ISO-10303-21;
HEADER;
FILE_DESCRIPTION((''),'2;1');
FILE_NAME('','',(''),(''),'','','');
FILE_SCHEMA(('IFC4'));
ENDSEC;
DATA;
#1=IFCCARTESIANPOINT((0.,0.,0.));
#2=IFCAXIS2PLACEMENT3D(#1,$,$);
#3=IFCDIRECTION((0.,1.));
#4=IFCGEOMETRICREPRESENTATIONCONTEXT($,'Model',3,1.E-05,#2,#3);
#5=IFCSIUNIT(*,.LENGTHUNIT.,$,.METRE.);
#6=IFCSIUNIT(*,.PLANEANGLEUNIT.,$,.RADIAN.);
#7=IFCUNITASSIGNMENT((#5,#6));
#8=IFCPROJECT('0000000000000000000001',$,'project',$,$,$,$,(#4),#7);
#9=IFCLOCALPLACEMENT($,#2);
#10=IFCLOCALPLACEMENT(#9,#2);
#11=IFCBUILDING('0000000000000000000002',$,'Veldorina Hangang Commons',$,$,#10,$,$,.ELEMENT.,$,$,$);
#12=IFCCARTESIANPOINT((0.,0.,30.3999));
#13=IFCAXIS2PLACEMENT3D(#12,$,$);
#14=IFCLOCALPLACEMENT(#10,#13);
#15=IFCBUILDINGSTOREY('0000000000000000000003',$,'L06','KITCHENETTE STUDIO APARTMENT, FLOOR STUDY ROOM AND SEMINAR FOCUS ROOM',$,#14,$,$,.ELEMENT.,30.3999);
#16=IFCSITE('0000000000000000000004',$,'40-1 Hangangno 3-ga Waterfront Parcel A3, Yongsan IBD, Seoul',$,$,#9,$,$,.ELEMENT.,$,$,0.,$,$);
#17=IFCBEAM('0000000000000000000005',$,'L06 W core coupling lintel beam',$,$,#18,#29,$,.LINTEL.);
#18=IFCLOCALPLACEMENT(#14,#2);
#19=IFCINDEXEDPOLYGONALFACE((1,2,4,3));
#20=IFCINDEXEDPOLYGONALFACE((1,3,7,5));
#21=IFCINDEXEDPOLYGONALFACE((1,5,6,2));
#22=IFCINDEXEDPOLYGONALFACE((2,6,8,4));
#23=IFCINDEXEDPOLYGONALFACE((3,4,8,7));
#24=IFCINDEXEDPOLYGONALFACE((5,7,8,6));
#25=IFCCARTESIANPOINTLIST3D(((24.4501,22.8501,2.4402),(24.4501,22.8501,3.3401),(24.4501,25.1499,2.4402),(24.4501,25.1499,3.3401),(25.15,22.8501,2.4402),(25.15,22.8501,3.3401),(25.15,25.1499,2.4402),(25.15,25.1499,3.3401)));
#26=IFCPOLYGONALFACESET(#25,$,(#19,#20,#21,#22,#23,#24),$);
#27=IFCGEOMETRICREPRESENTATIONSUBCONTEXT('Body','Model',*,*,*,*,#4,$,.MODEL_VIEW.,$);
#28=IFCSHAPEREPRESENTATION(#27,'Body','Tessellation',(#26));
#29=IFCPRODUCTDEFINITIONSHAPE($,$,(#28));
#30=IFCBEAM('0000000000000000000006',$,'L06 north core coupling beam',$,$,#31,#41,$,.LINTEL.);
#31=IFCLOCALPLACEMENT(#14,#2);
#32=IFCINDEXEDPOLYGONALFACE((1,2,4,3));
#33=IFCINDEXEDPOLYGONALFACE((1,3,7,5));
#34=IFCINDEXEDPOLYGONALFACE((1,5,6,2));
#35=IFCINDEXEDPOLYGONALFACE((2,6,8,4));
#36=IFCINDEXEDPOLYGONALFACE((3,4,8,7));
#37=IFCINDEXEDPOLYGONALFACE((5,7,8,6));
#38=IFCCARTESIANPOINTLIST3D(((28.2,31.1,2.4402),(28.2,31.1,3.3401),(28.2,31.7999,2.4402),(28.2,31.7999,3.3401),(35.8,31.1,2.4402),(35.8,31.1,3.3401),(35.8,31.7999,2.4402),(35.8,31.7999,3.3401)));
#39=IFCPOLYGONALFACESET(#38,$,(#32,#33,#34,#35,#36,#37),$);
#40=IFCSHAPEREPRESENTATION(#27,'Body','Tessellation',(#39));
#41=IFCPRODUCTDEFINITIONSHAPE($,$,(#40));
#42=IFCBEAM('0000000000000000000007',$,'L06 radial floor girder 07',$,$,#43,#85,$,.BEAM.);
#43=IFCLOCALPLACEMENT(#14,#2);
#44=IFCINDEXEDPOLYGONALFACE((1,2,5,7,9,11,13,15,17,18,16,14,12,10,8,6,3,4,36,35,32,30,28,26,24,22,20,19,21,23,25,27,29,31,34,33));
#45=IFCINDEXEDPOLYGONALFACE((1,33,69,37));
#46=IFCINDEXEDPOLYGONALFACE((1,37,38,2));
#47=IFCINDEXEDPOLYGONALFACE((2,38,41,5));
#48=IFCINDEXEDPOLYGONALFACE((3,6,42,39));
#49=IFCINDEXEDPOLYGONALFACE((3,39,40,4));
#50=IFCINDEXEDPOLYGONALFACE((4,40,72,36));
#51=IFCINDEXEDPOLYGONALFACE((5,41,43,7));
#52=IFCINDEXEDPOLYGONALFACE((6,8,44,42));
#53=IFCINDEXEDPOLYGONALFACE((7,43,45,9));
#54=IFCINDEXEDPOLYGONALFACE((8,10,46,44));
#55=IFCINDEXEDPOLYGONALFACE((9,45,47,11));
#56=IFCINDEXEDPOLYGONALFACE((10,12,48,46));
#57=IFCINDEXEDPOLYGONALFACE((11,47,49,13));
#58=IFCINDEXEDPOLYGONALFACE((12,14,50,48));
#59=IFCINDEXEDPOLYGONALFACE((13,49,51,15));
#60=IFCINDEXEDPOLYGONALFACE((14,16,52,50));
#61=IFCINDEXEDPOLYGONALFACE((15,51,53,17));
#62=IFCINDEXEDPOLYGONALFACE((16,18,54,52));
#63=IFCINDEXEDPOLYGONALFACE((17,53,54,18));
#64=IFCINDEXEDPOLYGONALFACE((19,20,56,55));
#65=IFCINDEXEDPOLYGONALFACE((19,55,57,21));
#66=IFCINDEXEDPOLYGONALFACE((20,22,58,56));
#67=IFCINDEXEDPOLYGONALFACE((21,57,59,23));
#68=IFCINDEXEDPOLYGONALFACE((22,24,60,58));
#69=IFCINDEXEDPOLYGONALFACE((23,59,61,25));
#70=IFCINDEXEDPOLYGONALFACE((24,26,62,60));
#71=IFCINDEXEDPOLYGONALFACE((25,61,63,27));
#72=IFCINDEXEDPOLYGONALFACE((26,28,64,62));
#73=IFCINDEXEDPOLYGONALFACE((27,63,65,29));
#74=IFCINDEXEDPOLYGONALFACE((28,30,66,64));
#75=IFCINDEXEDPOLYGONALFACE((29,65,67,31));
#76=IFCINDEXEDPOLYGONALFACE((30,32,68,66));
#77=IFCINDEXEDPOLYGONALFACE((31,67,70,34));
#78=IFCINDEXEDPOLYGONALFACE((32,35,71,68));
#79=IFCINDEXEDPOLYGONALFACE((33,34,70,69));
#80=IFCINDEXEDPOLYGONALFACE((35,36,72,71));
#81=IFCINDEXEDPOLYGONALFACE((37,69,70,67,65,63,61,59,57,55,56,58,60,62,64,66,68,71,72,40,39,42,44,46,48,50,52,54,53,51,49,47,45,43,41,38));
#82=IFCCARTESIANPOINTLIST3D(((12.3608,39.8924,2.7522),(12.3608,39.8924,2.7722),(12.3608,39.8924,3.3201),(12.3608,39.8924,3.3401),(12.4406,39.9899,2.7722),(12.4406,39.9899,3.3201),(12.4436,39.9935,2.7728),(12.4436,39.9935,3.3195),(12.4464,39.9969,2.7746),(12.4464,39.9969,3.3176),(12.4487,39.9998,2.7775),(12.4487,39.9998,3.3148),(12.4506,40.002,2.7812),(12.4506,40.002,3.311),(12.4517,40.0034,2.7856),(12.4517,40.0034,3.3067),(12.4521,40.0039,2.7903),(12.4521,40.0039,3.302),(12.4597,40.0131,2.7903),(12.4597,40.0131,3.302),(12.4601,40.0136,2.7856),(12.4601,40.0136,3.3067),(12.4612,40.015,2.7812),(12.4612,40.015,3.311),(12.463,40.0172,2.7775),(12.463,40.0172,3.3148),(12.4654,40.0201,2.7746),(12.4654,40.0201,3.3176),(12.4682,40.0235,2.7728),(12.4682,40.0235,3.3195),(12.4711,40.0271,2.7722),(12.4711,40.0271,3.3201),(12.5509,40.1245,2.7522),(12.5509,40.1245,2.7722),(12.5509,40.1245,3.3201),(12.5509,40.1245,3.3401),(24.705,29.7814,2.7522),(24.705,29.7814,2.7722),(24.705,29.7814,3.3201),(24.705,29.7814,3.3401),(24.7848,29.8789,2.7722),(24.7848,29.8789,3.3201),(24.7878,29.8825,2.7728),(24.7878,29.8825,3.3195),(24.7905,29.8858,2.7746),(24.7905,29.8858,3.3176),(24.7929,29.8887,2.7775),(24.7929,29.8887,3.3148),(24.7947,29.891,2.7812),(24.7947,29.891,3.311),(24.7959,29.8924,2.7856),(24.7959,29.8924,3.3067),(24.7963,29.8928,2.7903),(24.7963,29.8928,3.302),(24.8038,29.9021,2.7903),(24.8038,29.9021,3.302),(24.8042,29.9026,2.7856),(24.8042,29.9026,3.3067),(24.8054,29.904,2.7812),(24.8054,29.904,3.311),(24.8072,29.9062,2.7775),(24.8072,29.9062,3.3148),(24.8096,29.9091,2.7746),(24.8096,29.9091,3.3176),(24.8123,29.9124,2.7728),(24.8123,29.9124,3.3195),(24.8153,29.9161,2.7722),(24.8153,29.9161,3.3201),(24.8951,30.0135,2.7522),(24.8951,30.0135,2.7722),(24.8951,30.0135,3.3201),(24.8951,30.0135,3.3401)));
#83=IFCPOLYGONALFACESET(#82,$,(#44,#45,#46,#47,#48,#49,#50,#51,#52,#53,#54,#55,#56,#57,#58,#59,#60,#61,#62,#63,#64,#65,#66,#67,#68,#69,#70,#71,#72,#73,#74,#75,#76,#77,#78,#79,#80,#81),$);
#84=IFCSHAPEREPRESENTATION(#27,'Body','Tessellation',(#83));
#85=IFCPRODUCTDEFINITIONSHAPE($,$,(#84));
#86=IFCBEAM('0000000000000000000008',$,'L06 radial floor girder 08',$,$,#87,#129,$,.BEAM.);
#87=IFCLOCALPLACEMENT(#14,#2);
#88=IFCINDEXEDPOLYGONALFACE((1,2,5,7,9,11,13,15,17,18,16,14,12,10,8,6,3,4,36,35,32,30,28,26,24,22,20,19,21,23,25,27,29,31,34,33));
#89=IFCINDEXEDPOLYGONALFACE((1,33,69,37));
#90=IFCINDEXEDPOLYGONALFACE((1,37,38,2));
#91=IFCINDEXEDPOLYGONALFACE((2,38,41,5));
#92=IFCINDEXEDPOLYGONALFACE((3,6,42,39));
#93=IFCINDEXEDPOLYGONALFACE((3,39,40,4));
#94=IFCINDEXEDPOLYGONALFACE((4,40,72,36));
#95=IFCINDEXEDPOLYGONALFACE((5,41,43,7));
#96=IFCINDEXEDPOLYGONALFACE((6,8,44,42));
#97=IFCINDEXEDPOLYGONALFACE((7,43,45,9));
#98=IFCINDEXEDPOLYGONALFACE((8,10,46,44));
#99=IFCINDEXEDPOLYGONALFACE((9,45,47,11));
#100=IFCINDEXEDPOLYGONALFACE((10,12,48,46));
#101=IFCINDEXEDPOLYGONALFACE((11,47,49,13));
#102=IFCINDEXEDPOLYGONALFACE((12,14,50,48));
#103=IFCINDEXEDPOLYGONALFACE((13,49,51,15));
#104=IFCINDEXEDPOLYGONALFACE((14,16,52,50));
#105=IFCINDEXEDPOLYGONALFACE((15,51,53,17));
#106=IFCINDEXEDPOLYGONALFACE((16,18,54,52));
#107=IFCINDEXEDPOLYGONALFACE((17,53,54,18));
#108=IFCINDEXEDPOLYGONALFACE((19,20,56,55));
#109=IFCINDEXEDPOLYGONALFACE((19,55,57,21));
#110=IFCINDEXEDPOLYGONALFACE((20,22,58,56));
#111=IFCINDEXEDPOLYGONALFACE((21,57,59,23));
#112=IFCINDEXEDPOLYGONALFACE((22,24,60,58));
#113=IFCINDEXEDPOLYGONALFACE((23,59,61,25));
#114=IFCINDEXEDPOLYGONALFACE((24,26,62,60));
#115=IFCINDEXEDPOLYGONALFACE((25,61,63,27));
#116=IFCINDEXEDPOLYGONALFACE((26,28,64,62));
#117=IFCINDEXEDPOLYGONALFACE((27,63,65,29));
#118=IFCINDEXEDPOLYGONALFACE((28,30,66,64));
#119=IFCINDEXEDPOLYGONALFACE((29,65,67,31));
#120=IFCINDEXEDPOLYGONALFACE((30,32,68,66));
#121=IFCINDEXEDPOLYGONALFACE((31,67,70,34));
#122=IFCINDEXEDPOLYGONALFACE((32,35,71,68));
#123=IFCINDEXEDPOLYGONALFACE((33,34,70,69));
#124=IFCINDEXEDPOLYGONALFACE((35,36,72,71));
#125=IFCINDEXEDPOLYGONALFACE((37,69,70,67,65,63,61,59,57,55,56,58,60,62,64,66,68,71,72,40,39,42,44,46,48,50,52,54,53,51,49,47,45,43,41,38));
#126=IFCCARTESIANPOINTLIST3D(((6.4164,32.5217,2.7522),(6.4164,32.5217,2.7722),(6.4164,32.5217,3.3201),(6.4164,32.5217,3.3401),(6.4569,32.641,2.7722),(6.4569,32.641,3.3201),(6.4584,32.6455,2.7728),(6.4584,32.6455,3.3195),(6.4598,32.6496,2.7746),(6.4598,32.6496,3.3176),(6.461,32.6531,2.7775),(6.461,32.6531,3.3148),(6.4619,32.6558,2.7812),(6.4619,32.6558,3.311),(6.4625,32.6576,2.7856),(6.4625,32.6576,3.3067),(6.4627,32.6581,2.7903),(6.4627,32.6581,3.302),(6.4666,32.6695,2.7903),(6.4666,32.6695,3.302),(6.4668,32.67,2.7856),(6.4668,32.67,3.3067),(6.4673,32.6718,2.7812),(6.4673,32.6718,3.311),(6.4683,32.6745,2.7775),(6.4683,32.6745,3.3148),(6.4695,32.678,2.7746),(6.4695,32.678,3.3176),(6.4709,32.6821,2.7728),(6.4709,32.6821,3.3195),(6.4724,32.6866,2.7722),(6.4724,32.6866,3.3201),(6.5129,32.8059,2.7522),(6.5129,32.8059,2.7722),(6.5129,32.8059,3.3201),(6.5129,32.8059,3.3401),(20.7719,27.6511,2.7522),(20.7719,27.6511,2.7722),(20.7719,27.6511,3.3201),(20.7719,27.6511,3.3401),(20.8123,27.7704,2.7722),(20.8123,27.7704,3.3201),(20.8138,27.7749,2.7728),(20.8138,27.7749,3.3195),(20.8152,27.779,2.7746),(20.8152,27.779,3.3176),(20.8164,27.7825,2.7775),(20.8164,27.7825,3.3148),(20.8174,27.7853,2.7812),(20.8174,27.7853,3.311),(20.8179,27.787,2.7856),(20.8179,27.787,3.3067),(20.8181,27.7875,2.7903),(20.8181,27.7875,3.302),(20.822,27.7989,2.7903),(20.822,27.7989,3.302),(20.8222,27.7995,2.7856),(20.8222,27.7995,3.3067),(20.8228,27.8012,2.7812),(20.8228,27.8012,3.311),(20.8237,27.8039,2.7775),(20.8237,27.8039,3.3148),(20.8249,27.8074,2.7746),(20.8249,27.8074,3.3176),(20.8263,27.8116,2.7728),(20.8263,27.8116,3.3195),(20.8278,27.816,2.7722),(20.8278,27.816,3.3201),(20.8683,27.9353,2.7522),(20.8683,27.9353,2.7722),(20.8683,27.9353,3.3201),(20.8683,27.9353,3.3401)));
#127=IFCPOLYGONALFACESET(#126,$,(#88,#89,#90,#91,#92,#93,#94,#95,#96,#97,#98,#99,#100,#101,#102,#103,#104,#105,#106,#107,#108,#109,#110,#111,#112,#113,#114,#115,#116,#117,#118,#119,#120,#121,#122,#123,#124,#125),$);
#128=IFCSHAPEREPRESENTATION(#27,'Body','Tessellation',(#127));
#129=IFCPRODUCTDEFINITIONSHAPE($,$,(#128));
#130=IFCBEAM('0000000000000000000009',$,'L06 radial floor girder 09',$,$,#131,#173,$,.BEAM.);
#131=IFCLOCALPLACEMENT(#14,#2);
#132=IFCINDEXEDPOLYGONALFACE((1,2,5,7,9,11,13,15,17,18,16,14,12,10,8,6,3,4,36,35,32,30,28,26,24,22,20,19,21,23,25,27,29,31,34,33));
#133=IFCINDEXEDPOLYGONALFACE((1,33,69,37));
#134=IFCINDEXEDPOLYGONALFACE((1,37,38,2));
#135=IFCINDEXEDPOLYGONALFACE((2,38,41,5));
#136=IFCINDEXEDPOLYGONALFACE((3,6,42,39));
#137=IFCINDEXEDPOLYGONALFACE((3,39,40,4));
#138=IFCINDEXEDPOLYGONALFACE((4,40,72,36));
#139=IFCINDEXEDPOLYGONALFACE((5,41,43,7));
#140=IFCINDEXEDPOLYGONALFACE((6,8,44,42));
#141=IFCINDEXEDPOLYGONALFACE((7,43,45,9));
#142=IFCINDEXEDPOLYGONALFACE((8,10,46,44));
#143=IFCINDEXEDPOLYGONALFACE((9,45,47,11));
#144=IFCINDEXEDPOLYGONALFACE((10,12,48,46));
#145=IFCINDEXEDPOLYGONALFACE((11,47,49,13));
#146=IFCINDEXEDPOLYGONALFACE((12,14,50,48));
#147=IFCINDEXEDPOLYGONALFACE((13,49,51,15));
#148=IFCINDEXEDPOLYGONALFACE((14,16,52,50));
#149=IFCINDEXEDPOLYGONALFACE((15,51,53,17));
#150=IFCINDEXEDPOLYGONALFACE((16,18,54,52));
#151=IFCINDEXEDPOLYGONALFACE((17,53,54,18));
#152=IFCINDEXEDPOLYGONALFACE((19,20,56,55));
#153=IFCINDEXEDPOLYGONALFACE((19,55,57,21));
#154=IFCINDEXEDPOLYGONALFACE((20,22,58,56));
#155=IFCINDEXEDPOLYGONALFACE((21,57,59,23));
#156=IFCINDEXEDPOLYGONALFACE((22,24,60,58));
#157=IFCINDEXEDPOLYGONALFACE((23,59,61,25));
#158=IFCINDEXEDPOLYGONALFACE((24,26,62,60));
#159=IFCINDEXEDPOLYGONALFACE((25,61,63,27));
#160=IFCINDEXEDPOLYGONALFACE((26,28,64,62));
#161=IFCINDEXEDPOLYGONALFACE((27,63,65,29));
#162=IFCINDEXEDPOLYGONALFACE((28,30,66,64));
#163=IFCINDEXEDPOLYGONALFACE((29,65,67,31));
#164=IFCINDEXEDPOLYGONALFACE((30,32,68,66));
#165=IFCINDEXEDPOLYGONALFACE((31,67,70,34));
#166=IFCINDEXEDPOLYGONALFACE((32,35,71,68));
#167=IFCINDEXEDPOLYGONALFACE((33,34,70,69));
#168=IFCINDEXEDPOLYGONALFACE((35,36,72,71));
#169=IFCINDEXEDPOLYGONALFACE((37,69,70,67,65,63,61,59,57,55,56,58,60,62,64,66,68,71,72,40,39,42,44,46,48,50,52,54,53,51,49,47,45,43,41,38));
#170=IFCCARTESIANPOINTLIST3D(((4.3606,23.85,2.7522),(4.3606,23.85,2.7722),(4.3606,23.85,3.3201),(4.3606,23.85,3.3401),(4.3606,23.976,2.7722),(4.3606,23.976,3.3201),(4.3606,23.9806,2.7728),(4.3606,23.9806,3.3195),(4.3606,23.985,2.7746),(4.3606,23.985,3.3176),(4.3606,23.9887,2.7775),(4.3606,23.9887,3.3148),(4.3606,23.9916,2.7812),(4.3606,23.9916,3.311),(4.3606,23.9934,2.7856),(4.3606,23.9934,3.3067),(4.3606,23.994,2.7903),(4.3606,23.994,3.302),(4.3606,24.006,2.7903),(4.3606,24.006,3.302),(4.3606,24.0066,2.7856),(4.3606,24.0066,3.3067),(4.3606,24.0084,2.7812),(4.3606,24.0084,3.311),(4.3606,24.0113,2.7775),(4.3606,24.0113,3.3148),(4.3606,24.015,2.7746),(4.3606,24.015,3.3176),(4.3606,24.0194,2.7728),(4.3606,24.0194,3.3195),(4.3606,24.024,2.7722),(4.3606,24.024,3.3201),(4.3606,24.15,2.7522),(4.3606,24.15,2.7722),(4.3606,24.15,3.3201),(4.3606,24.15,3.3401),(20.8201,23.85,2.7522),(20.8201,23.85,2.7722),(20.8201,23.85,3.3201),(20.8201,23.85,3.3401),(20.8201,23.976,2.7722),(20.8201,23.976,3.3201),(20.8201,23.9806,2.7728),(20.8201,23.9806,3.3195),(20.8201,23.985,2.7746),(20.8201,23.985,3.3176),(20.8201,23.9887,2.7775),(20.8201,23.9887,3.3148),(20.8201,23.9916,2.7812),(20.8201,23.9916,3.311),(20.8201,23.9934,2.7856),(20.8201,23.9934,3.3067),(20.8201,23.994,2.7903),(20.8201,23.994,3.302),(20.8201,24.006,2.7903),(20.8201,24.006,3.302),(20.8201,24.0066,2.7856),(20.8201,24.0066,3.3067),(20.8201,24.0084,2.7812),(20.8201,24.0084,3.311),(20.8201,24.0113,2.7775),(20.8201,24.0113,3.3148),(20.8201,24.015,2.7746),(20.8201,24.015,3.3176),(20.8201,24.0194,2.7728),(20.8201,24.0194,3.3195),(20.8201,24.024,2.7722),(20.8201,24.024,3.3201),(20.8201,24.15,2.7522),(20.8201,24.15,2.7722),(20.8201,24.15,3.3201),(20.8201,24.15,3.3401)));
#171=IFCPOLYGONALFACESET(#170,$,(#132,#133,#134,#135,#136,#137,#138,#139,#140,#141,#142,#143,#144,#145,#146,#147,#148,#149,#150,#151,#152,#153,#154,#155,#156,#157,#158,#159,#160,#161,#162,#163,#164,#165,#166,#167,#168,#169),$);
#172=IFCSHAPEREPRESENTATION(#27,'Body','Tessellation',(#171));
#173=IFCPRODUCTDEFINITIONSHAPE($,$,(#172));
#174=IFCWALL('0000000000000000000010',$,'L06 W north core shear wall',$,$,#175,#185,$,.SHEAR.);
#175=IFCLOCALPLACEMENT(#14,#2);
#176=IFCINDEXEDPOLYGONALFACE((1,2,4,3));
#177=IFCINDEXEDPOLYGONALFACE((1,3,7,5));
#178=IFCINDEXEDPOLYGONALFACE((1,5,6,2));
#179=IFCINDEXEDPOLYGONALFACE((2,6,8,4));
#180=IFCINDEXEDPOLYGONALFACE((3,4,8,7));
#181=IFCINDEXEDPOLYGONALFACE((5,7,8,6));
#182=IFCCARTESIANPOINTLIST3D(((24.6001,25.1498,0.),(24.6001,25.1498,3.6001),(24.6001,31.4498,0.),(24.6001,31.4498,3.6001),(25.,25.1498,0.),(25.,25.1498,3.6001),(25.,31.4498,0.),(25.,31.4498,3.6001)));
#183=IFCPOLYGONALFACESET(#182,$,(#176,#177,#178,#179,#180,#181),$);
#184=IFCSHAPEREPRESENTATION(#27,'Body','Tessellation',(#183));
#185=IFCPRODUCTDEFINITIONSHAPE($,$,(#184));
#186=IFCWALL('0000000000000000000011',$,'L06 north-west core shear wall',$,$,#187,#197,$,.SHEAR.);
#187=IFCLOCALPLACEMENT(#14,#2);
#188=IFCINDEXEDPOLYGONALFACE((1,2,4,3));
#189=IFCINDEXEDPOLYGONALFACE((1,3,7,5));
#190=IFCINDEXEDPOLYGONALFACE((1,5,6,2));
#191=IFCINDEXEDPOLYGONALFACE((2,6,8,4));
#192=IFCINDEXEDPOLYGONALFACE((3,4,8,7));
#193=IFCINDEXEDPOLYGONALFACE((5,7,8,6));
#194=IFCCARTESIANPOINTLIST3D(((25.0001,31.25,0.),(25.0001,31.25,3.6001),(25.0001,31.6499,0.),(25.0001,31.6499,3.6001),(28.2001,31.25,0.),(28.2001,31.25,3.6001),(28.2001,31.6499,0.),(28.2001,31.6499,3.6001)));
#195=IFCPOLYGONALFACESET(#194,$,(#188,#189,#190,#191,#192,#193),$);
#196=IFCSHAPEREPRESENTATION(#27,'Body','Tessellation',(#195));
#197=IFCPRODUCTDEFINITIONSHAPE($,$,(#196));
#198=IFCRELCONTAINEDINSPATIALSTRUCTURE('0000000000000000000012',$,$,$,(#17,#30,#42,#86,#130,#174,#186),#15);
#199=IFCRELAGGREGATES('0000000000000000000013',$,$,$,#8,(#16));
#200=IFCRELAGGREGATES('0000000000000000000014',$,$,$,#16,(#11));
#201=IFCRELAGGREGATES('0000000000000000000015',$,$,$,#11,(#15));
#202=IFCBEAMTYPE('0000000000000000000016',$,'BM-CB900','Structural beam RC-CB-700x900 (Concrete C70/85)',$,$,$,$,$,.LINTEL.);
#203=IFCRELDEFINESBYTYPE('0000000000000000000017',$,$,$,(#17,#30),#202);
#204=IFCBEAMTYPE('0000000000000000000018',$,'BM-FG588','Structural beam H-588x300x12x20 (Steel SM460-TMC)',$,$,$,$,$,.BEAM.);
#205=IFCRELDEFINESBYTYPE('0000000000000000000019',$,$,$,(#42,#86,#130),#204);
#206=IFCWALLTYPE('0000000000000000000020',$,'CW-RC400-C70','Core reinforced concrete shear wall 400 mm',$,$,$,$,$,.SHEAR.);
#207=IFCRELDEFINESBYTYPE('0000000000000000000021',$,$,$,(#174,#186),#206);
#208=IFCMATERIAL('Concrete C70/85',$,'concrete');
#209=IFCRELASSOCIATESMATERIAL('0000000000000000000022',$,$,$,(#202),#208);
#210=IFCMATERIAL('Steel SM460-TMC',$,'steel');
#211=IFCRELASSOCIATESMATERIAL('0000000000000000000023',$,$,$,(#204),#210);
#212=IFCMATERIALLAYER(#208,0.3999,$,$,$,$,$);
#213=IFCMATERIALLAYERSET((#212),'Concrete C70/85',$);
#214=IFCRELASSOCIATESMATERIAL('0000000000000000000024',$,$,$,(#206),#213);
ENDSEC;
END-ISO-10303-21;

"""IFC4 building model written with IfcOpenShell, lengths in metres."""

from ifc_helpers import new_model, si_unit, direction, frame, frame_2d, origin, origin_2d, place, context, subcontext, project, spatial, rectangle, i_section, extrude, material, layer, layer_set, material_profile, profile_set, type_object, element, save


model = new_model("IFC4")

# Units and contexts
model_context = context("Model", 3, precision=1e-05, world=origin(), true_north=direction((0.0, 1.0)))
body_context = subcontext(model_context, "Body", "Model", "MODEL_VIEW")
ifc_project = project(units=[si_unit("LENGTHUNIT", "METRE"), si_unit("PLANEANGLEUNIT", "RADIAN")], contexts=[model_context])

# Site, building, storey
site_placement = place(None, origin())
site = spatial("IfcSite", under=ifc_project, at=site_placement, Name="40-1 Hangangno 3-ga Waterfront Parcel A3, Yongsan IBD, Seoul", CompositionType="ELEMENT", RefElevation=0.0)
building_placement = place(site_placement, origin())
building = spatial("IfcBuilding", under=site, at=building_placement, Name="Veldorina Hangang Commons", CompositionType="ELEMENT")
storey_placement = place(building_placement, frame((0.0, 0.0, 30.3999)))
storey = spatial("IfcBuildingStorey", under=building, at=storey_placement, Name="L06", Description="KITCHENETTE STUDIO APARTMENT, FLOOR STUDY ROOM AND SEMINAR FOCUS ROOM", CompositionType="ELEMENT", Elevation=30.3999)

# Beams
ifc_material_1 = material(Name="Concrete C70/85", Category="concrete")
ifc_material_profile_1 = material_profile(ifc_material_1, rectangle(XDim=0.7, YDim=0.8999, at=origin_2d()), Name="RC-CB-700x900")
ifc_profile_set_1 = profile_set([ifc_material_profile_1], Name="Concrete C70/85")
beam_type_1 = type_object("IfcBeamType", Name="BM-CB900", Description="Structural beam RC-CB-700x900 (Concrete C70/85)", PredefinedType="LINTEL", material=ifc_profile_set_1)
beam_1_placement = place(storey_placement, frame((24.8, 22.8501, 2.8901), z_axis=(0.0, 1.0, 0.0), x_axis=(-1.0, 0.0, 0.0)))
element("IfcBeam", 1, at=beam_1_placement, inside=storey, type_object=beam_type_1, Name="L06 W core coupling lintel beam", PredefinedType="LINTEL", context=body_context, shape_type="SweptSolid", body=[
    extrude(rectangle(XDim=0.7, YDim=0.8999, at=origin_2d()), origin(), (0.0, 0.0, 1.0), 2.2998),
])
beam_2_placement = place(storey_placement, frame((28.2, 31.45, 2.8901), z_axis=(1.0, 0.0, 0.0), x_axis=(0.0, 1.0, 0.0)))
element("IfcBeam", 2, at=beam_2_placement, inside=storey, type_object=beam_type_1, Name="L06 north core coupling beam", PredefinedType="LINTEL", context=body_context, shape_type="SweptSolid", body=[
    extrude(rectangle(XDim=0.7, YDim=0.8999, at=origin_2d()), origin(), (0.0, 0.0, 1.0), 7.6001),
])
ifc_material_2 = material(Name="Steel SM460-TMC", Category="steel")
ifc_material_profile_2 = material_profile(ifc_material_2, i_section(OverallWidth=0.3, OverallDepth=0.5879, WebThickness=0.012, FlangeThickness=0.02, FilletRadius=0.0181, at=origin_2d()), Name="H-588x300x12x20")
ifc_profile_set_2 = profile_set([ifc_material_profile_2], Name="Steel SM460-TMC")
beam_type_2 = type_object("IfcBeamType", Name="BM-FG588", Description="Structural beam H-588x300x12x20 (Steel SM460-TMC)", PredefinedType="BEAM", material=ifc_profile_set_2)
beam_3_placement = place(storey_placement, frame((24.8, 29.8975, 3.0461), z_axis=(-0.773612, 0.63366, 0.0), x_axis=(-0.63366, -0.773612, 0.0)))
element("IfcBeam", 3, at=beam_3_placement, inside=storey, type_object=beam_type_2, Name="L06 radial floor girder 07", PredefinedType="BEAM", context=body_context, shape_type="SweptSolid", body=[
    extrude(i_section(OverallWidth=0.3, OverallDepth=0.5879, WebThickness=0.012, FlangeThickness=0.02, FilletRadius=0.0181, at=origin_2d()), origin(), (0.0, 0.0, 1.0), 15.9565),
])
beam_4_placement = place(storey_placement, frame((20.8201, 27.7932, 3.0461), z_axis=(-0.946979, 0.321296, 0.0), x_axis=(-0.321296, -0.946979, 0.0)))
element("IfcBeam", 4, at=beam_4_placement, inside=storey, type_object=beam_type_2, Name="L06 radial floor girder 08", PredefinedType="BEAM", context=body_context, shape_type="SweptSolid", body=[
    extrude(i_section(OverallWidth=0.3, OverallDepth=0.5879, WebThickness=0.012, FlangeThickness=0.02, FilletRadius=0.0181, at=origin_2d()), origin(), (0.0, 0.0, 1.0), 15.1592),
])
beam_5_placement = place(storey_placement, frame((20.8201, 24.0, 3.0461), z_axis=(-1.0, 0.0, 0.0), x_axis=(0.0, -1.0, 0.0)))
element("IfcBeam", 5, at=beam_5_placement, inside=storey, type_object=beam_type_2, Name="L06 radial floor girder 09", PredefinedType="BEAM", context=body_context, shape_type="SweptSolid", body=[
    extrude(i_section(OverallWidth=0.3, OverallDepth=0.5879, WebThickness=0.012, FlangeThickness=0.02, FilletRadius=0.0181, at=origin_2d()), origin(), (0.0, 0.0, 1.0), 16.4595),
])

# Walls
ifc_layer_1 = layer(ifc_material_1, 0.3999)
ifc_layer_set_1 = layer_set([ifc_layer_1], Name="Concrete C70/85")
wall_type_1 = type_object("IfcWallType", Name="CW-RC400-C70", Description="Core reinforced concrete shear wall 400 mm", PredefinedType="SHEAR", material=ifc_layer_set_1)
wall_1_placement = place(storey_placement, frame((24.8, 25.1499, 0.0), z_axis=(0.0, 0.0, 1.0), x_axis=(0.0, 1.0, 0.0)))
element("IfcWall", 6, at=wall_1_placement, inside=storey, type_object=wall_type_1, Name="L06 W north core shear wall", PredefinedType="SHEAR", context=body_context, shape_type="SweptSolid", body=[
    extrude(rectangle(XDim=6.3, YDim=0.3999, at=frame_2d((3.1499, 0.0))), origin(), (0.0, 0.0, 1.0), 3.6001),
])
wall_2_placement = place(storey_placement, frame((25.0, 31.45, 0.0), z_axis=(0.0, 0.0, 1.0), x_axis=(1.0, 0.0, 0.0)))
element("IfcWall", 7, at=wall_2_placement, inside=storey, type_object=wall_type_1, Name="L06 north-west core shear wall", PredefinedType="SHEAR", context=body_context, shape_type="SweptSolid", body=[
    extrude(rectangle(XDim=3.2, YDim=0.3999, at=frame_2d((1.6001, 0.0))), origin(), (0.0, 0.0, 1.0), 3.6001),
])

save(model, "model.ifc")
